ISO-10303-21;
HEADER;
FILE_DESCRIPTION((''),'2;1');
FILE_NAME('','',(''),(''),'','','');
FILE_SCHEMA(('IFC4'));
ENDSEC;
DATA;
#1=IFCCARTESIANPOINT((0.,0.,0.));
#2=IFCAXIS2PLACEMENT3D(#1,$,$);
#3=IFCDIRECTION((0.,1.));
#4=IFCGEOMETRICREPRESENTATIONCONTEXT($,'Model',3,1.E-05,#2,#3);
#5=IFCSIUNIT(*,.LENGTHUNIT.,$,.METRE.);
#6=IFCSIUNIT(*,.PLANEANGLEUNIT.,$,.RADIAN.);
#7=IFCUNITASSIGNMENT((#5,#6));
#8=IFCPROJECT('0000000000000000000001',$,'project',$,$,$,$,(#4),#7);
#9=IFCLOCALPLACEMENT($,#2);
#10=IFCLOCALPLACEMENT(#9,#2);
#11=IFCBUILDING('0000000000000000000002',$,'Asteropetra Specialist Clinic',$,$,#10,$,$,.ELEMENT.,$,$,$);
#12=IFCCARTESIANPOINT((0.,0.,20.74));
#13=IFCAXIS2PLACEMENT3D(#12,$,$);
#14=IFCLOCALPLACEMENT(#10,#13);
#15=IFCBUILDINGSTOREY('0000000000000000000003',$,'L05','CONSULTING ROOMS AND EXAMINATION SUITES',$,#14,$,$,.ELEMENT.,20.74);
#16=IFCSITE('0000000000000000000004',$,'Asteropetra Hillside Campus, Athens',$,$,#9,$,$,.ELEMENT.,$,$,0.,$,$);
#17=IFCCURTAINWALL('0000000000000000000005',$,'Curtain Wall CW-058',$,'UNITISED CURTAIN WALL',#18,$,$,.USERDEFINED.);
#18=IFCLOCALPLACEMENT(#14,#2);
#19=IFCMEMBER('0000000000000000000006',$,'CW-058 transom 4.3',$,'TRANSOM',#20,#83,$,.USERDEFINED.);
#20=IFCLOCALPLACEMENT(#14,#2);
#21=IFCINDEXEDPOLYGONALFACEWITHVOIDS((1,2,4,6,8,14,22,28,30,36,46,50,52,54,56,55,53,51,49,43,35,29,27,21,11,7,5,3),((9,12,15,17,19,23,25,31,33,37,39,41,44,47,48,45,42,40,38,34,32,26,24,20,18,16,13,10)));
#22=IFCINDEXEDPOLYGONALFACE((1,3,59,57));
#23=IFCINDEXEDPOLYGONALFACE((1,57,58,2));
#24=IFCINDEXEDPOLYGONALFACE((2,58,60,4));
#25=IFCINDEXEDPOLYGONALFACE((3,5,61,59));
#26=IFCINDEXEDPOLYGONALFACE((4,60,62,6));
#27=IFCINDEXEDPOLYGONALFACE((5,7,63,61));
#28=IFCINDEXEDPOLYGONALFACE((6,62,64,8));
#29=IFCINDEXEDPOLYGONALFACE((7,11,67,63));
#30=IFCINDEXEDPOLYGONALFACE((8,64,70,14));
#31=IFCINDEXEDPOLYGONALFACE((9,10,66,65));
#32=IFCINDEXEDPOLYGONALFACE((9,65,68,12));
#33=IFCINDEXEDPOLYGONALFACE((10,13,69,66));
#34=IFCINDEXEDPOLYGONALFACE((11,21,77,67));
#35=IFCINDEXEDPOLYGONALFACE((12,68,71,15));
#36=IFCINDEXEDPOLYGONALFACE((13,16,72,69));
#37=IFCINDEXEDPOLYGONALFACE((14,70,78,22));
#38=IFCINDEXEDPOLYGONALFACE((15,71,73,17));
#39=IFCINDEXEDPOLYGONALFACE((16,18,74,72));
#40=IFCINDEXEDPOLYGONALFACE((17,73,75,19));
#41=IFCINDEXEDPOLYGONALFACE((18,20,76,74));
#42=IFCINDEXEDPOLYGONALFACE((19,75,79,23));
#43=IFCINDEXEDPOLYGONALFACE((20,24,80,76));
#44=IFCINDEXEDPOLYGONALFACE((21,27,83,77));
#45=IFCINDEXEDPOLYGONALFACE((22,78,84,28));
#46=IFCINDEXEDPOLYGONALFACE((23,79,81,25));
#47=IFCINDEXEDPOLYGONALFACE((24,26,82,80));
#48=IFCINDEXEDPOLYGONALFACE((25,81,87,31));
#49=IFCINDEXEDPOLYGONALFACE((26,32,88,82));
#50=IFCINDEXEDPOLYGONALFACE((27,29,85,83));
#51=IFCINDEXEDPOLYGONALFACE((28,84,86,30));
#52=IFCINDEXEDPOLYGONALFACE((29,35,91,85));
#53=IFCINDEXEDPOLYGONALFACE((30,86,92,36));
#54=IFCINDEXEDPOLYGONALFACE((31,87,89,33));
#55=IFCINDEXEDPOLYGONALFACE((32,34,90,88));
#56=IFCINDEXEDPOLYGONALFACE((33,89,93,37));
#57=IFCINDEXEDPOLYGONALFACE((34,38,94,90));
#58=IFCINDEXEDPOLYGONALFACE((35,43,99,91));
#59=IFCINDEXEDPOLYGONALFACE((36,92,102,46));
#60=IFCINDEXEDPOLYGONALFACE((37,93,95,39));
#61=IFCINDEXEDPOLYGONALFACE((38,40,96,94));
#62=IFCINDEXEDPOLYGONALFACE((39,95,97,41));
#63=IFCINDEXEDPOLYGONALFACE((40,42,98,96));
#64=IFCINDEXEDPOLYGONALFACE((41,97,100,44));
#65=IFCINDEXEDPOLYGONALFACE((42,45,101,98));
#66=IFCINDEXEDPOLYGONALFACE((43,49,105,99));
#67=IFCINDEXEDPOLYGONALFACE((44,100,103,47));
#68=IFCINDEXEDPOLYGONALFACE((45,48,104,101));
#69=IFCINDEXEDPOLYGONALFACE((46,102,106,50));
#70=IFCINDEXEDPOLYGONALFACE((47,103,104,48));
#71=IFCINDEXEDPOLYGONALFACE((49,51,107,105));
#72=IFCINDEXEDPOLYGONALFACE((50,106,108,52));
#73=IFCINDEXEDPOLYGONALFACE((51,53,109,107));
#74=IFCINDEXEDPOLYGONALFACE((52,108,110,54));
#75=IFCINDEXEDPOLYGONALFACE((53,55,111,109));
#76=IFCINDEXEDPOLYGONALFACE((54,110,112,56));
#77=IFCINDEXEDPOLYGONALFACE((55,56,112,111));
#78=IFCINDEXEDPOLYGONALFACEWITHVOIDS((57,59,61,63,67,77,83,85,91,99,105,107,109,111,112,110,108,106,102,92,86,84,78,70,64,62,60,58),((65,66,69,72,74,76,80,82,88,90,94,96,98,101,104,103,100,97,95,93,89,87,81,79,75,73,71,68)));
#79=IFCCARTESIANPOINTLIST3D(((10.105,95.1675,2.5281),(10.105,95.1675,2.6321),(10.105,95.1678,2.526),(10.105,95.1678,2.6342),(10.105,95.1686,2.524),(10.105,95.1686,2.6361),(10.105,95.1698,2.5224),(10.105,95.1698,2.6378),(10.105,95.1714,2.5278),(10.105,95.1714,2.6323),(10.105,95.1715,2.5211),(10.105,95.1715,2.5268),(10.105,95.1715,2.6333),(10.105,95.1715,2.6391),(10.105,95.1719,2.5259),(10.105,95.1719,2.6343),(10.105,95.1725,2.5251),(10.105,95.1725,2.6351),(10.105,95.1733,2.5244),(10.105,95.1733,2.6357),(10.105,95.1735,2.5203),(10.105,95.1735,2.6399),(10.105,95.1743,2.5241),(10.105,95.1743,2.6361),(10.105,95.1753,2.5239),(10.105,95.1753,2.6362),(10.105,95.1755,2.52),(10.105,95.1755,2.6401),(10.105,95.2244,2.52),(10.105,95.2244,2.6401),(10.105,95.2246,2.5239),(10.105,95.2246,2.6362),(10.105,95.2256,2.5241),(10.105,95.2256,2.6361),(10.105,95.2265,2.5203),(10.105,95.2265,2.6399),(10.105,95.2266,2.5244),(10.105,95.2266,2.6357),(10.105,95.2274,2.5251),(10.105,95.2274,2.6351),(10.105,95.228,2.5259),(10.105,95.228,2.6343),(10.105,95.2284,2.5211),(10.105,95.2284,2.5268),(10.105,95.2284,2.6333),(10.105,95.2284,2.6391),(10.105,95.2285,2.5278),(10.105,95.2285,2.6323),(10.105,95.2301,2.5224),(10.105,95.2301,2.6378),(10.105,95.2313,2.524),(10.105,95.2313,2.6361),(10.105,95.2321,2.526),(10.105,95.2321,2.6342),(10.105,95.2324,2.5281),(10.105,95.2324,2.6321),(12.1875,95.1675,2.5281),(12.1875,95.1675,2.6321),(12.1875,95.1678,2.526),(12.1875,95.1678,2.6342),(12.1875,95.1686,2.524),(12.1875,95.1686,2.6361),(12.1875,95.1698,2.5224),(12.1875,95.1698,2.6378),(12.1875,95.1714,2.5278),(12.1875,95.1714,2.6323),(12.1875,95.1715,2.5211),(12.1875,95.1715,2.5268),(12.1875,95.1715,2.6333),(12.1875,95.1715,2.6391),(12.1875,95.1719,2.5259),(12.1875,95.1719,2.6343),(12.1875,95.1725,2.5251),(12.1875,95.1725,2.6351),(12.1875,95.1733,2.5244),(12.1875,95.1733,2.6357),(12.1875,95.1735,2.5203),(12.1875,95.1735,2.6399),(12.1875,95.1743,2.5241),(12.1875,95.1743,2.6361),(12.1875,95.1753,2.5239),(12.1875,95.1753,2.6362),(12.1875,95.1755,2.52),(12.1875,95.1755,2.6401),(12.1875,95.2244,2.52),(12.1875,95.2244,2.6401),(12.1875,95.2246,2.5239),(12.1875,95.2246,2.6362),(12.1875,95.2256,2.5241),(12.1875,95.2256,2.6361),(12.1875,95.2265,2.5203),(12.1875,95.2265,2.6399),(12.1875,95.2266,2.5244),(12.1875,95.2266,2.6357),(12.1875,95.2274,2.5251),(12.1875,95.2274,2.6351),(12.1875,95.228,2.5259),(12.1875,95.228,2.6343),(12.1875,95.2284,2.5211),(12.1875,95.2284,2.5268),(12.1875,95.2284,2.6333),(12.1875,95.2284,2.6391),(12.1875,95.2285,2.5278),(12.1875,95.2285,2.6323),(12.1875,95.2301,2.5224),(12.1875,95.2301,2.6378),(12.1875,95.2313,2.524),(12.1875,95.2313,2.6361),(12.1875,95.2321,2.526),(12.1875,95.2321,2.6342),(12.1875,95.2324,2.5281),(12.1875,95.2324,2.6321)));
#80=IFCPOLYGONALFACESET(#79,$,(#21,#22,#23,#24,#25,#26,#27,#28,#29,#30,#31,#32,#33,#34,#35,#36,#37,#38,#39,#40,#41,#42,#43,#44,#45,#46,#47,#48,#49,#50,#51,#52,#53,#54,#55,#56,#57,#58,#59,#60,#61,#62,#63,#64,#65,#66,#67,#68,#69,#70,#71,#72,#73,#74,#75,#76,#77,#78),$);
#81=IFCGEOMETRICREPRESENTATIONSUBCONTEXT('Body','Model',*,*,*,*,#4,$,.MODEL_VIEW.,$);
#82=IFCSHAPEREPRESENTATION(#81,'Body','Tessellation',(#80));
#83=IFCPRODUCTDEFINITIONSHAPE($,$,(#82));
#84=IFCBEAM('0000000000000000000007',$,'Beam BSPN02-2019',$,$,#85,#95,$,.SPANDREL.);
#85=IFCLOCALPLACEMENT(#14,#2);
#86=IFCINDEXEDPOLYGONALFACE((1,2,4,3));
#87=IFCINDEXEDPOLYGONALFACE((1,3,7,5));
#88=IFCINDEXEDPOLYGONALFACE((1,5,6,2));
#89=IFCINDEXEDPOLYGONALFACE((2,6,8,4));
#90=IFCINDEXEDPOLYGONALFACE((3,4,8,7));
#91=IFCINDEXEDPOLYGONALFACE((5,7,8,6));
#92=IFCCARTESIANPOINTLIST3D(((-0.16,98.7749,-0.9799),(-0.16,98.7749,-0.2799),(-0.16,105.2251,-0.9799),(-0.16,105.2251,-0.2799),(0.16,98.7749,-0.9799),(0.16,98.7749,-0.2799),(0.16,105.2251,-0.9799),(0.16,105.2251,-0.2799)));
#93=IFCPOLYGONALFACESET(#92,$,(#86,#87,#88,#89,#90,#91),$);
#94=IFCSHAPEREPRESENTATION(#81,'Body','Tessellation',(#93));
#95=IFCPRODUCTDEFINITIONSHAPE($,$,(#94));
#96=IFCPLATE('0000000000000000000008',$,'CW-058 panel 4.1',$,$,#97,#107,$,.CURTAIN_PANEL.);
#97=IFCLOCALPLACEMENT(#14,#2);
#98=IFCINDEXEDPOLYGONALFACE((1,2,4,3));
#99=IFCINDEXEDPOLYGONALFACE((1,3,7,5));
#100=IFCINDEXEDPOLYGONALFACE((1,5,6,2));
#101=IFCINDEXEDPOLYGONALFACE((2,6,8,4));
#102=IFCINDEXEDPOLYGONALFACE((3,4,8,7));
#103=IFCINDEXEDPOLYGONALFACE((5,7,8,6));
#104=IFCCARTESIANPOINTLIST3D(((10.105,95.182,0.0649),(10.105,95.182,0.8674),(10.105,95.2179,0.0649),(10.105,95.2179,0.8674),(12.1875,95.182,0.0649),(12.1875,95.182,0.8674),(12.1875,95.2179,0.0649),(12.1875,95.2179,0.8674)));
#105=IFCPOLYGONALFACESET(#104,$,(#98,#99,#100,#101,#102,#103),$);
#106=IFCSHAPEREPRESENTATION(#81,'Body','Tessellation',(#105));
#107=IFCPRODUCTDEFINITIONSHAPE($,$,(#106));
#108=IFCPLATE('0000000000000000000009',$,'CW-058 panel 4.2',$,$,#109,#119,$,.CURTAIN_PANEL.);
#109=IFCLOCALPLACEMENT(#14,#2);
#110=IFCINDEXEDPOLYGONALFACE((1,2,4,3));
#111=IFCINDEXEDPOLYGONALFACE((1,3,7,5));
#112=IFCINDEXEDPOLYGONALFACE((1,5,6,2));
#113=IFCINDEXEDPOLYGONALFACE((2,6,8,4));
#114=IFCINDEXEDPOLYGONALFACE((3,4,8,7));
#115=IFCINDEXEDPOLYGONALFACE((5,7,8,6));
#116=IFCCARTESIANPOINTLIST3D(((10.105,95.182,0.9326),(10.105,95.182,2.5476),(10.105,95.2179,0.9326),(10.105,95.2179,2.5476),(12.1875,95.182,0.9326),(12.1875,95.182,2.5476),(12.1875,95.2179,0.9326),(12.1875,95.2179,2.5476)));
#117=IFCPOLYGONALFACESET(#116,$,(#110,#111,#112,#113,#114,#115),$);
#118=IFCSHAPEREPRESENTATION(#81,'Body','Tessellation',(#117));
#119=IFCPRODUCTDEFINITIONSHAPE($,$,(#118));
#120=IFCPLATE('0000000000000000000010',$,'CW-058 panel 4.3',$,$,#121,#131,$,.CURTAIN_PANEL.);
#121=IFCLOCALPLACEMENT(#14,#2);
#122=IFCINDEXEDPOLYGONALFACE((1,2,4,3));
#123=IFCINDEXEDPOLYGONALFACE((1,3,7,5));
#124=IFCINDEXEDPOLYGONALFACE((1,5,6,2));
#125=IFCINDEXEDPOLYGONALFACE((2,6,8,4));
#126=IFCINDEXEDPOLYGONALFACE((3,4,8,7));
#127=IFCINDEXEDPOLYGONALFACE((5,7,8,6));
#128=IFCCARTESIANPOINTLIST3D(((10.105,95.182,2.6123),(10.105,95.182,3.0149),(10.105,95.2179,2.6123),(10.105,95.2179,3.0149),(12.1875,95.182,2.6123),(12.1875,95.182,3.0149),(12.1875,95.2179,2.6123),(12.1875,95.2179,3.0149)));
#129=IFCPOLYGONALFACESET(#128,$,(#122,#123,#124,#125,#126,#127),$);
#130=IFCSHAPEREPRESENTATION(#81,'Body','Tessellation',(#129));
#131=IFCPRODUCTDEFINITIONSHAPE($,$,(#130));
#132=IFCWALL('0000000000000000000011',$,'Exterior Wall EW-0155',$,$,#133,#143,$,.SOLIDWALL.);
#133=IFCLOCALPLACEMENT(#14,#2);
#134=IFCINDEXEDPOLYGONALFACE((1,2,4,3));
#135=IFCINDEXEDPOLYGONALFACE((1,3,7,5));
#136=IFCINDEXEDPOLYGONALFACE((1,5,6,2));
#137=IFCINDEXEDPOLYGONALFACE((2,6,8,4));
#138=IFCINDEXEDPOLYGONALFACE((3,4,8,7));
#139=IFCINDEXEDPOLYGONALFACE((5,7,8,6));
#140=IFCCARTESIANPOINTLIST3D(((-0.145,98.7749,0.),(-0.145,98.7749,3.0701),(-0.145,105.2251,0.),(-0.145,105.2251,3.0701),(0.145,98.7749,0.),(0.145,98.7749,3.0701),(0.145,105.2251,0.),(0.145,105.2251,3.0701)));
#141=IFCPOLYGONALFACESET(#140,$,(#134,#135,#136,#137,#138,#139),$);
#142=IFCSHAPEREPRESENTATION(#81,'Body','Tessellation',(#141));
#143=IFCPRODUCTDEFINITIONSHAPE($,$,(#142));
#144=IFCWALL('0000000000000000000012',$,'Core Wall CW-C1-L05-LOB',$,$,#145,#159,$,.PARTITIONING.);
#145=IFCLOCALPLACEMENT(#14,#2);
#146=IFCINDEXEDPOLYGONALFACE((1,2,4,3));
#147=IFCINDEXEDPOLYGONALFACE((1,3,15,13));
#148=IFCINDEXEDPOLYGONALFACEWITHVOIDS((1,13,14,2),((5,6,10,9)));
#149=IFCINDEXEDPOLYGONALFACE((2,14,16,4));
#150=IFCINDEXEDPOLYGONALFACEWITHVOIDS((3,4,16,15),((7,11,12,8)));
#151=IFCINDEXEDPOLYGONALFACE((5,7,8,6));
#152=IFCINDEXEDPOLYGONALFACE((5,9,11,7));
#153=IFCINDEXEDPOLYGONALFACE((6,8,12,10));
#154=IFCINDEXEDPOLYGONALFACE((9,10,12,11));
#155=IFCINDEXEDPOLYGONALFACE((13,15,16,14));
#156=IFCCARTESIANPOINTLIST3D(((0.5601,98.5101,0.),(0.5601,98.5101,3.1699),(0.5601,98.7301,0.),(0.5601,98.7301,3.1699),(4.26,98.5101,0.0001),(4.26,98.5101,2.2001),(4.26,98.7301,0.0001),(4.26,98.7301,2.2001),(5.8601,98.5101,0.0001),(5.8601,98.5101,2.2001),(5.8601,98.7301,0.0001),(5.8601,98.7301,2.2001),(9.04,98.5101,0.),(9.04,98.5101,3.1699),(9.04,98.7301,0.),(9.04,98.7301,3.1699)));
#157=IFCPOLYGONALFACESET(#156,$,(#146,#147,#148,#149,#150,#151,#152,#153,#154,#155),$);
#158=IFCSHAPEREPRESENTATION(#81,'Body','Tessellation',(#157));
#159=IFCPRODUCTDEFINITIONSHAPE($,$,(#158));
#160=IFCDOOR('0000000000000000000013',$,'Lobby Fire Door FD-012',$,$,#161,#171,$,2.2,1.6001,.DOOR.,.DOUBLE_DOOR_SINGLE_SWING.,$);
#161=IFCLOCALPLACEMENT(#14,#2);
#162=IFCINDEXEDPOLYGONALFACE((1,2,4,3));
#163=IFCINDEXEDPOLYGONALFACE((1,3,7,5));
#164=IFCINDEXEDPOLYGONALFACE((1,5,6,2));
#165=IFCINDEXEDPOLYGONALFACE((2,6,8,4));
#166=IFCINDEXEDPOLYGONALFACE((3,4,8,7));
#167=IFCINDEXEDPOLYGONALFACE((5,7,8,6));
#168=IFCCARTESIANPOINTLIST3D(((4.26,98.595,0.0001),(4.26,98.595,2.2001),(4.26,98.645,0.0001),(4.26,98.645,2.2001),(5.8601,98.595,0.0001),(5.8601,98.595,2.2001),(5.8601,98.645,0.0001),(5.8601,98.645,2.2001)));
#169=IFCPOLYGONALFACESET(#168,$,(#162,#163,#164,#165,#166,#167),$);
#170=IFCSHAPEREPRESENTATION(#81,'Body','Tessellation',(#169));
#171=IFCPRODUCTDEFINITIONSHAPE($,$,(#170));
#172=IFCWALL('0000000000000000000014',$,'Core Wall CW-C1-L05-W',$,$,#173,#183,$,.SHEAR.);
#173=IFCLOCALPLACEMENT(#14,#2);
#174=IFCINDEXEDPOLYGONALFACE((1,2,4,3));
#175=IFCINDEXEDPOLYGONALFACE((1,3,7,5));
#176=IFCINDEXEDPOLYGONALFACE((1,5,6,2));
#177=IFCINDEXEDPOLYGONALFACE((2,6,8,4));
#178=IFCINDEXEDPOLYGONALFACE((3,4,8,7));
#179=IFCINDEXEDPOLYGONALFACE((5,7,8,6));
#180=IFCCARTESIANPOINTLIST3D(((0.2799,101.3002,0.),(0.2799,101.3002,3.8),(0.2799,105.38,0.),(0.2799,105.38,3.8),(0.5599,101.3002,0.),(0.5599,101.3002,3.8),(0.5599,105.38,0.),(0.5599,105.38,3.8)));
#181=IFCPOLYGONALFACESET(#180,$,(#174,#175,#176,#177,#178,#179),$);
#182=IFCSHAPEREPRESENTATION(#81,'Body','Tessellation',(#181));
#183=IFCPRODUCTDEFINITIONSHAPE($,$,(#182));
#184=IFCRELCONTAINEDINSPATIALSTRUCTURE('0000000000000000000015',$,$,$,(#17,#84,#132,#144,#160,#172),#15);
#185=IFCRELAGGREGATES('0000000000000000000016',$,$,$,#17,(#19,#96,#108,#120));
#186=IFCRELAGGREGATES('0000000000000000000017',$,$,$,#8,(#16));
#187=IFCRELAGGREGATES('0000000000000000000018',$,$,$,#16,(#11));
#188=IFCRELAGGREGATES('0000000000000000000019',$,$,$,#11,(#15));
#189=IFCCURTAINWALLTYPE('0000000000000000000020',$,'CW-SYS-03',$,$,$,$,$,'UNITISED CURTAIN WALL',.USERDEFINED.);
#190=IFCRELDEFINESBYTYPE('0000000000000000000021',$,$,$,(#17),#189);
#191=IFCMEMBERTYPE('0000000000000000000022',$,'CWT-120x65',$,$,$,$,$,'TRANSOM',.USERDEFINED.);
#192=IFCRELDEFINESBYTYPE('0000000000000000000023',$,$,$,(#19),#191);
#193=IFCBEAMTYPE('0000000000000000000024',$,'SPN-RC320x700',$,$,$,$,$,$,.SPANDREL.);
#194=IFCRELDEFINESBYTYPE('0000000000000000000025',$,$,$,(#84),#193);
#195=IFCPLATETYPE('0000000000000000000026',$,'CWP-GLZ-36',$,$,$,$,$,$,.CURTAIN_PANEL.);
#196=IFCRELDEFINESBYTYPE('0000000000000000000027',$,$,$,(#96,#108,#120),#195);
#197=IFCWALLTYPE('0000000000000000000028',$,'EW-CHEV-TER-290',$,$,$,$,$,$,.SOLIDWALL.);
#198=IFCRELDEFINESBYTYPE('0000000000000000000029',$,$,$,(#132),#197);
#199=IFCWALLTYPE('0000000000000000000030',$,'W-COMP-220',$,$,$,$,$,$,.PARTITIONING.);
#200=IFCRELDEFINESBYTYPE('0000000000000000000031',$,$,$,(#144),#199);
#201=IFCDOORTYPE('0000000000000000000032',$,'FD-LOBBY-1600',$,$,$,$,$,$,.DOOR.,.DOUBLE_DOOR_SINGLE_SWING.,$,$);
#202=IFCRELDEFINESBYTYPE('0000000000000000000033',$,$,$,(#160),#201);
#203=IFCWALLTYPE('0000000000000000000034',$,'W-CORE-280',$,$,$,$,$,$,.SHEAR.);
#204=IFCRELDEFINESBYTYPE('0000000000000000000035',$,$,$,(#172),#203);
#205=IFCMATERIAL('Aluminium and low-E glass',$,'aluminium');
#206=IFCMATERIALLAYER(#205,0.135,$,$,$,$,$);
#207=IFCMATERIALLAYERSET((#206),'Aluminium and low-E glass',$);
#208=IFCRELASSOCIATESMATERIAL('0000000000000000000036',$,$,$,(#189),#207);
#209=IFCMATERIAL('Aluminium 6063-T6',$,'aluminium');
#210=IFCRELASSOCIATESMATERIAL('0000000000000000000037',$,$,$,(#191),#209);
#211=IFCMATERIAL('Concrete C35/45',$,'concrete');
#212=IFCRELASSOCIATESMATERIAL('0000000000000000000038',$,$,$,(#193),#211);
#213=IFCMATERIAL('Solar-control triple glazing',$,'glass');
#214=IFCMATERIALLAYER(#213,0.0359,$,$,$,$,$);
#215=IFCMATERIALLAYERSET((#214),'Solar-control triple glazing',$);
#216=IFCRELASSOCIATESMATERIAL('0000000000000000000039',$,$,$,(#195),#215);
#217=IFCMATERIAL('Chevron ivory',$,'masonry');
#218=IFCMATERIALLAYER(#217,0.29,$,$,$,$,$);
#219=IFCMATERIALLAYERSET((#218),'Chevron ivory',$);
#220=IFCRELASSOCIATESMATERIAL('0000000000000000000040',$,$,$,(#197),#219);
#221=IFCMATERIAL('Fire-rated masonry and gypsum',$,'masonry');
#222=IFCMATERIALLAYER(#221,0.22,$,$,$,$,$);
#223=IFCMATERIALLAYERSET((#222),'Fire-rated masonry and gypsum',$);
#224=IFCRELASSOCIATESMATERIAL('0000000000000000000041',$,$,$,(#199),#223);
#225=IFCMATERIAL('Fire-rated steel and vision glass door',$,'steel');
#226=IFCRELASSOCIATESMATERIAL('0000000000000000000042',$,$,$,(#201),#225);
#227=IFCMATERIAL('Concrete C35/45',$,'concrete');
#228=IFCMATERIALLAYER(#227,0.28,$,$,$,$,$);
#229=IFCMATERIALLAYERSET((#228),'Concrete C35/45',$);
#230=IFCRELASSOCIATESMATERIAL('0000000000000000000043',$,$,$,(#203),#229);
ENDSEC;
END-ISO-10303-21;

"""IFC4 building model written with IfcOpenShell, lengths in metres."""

from ifc_helpers import new_model, si_unit, direction, frame, frame_2d, origin, origin_2d, place, context, subcontext, project, spatial, rectangle, hollow_rectangle, extrude, material, layer, layer_set, material_profile, profile_set, type_object, element, fill, aggregate, save


model = new_model("IFC4")

# Units and contexts
model_context = context("Model", 3, precision=1e-05, world=origin(), true_north=direction((0.0, 1.0)))
body_context = subcontext(model_context, "Body", "Model", "MODEL_VIEW")
ifc_project = project(units=[si_unit("LENGTHUNIT", "METRE"), si_unit("PLANEANGLEUNIT", "RADIAN")], contexts=[model_context])

# Site, building, storey
site_placement = place(None, origin())
site = spatial("IfcSite", under=ifc_project, at=site_placement, Name="Asteropetra Hillside Campus, Athens", CompositionType="ELEMENT", RefElevation=0.0)
building_placement = place(site_placement, origin())
building = spatial("IfcBuilding", under=site, at=building_placement, Name="Asteropetra Specialist Clinic", CompositionType="ELEMENT")
storey_placement = place(building_placement, frame((0.0, 0.0, 20.74)))
storey = spatial("IfcBuildingStorey", under=building, at=storey_placement, Name="L05", Description="CONSULTING ROOMS AND EXAMINATION SUITES", CompositionType="ELEMENT", Elevation=20.74)

# Curtain wall, member
ifc_material_1 = material(Name="Aluminium and low-E glass", Category="aluminium")
ifc_layer_1 = layer(ifc_material_1, 0.135)
ifc_layer_set_1 = layer_set([ifc_layer_1], Name="Aluminium and low-E glass")
curtain_wall_type = type_object("IfcCurtainWallType", Name="CW-SYS-03", ElementType="UNITISED CURTAIN WALL", PredefinedType="USERDEFINED", material=ifc_layer_set_1)
curtain_wall_placement = place(storey_placement, origin())
curtain_wall = element("IfcCurtainWall", 1, at=curtain_wall_placement, inside=storey, type_object=curtain_wall_type, Name="Curtain Wall CW-058", ObjectType="UNITISED CURTAIN WALL", PredefinedType="USERDEFINED")
ifc_material_2 = material(Name="Aluminium 6063-T6", Category="aluminium")
ifc_material_profile_1 = material_profile(ifc_material_2, hollow_rectangle(XDim=0.0649, YDim=0.1201, WallThickness=0.0039, InnerFilletRadius=0.0039, OuterFilletRadius=0.0081, at=origin_2d()), Name="TRN 120x65x4.0")
ifc_profile_set_1 = profile_set([ifc_material_profile_1], Name="Aluminium 6063-T6")
member_type_1 = type_object("IfcMemberType", Name="CWT-120x65", ElementType="TRANSOM", PredefinedType="USERDEFINED", material=ifc_profile_set_1)
member_1_placement = place(storey_placement, frame((12.1875, 95.2, 2.5801), z_axis=(-1.0, 0.0, 0.0), x_axis=(0.0, -1.0, 0.0)))
member_1 = element("IfcMember", 2, at=member_1_placement, type_object=member_type_1, Name="CW-058 transom 4.3", ObjectType="TRANSOM", PredefinedType="USERDEFINED", context=body_context, shape_type="SweptSolid", body=[
    extrude(hollow_rectangle(XDim=0.0649, YDim=0.1201, WallThickness=0.0039, InnerFilletRadius=0.0039, OuterFilletRadius=0.0081, at=origin_2d()), origin(), (0.0, 0.0, 1.0), 2.0825),
])

# Beam
ifc_material_3 = material(Name="Concrete C35/45", Category="concrete")
ifc_material_profile_2 = material_profile(ifc_material_3, rectangle(XDim=0.3201, YDim=0.7, at=origin_2d()), Name="RCS 320x700")
ifc_profile_set_2 = profile_set([ifc_material_profile_2], Name="Concrete C35/45")
beam_type_1 = type_object("IfcBeamType", Name="SPN-RC320x700", PredefinedType="SPANDREL", material=ifc_profile_set_2)
beam_1_placement = place(storey_placement, frame((0.0, 98.7749, -0.6299), z_axis=(0.0, 1.0, 0.0), x_axis=(-1.0, 0.0, 0.0)))
element("IfcBeam", 3, at=beam_1_placement, inside=storey, type_object=beam_type_1, Name="Beam BSPN02-2019", PredefinedType="SPANDREL", context=body_context, shape_type="SweptSolid", body=[
    extrude(rectangle(XDim=0.3201, YDim=0.7, at=origin_2d()), origin(), (0.0, 0.0, 1.0), 6.4502),
])

# Plates
ifc_material_4 = material(Name="Solar-control triple glazing", Category="glass")
ifc_layer_2 = layer(ifc_material_4, 0.0359)
ifc_layer_set_2 = layer_set([ifc_layer_2], Name="Solar-control triple glazing")
plate_type = type_object("IfcPlateType", Name="CWP-GLZ-36", PredefinedType="CURTAIN_PANEL", material=ifc_layer_set_2)
plate_1_placement = place(storey_placement, frame((11.1462, 95.2, 0.0649), z_axis=(0.0, 0.0, 1.0), x_axis=(-1.0, 0.0, 0.0)))
plate_1 = element("IfcPlate", 4, at=plate_1_placement, type_object=plate_type, Name="CW-058 panel 4.1", PredefinedType="CURTAIN_PANEL", context=body_context, shape_type="SweptSolid", body=[
    extrude(rectangle(XDim=2.0825, YDim=0.0359, at=origin_2d()), origin(), (0.0, 0.0, 1.0), 0.8025),
])
plate_2_placement = place(storey_placement, frame((11.1462, 95.2, 0.9326), z_axis=(0.0, 0.0, 1.0), x_axis=(-1.0, 0.0, 0.0)))
plate_2 = element("IfcPlate", 5, at=plate_2_placement, type_object=plate_type, Name="CW-058 panel 4.2", PredefinedType="CURTAIN_PANEL", context=body_context, shape_type="SweptSolid", body=[
    extrude(rectangle(XDim=2.0825, YDim=0.0359, at=origin_2d()), origin(), (0.0, 0.0, 1.0), 1.615),
])
plate_3_placement = place(storey_placement, frame((11.1462, 95.2, 2.6123), z_axis=(0.0, 0.0, 1.0), x_axis=(-1.0, 0.0, 0.0)))
plate_3 = element("IfcPlate", 6, at=plate_3_placement, type_object=plate_type, Name="CW-058 panel 4.3", PredefinedType="CURTAIN_PANEL", context=body_context, shape_type="SweptSolid", body=[
    extrude(rectangle(XDim=2.0825, YDim=0.0359, at=origin_2d()), origin(), (0.0, 0.0, 1.0), 0.4026),
])
aggregate(curtain_wall, [member_1, plate_1, plate_2, plate_3])

# Wall
ifc_material_5 = material(Name="Chevron ivory", Category="masonry")
ifc_layer_3 = layer(ifc_material_5, 0.29)
ifc_layer_set_3 = layer_set([ifc_layer_3], Name="Chevron ivory")
wall_type_1 = type_object("IfcWallType", Name="EW-CHEV-TER-290", PredefinedType="SOLIDWALL", material=ifc_layer_set_3)
wall_1_placement = place(storey_placement, frame((0.0, 105.2251, 0.0), z_axis=(0.0, 0.0, 1.0), x_axis=(0.0, -1.0, 0.0)))
element("IfcWall", 7, at=wall_1_placement, inside=storey, type_object=wall_type_1, Name="Exterior Wall EW-0155", PredefinedType="SOLIDWALL", context=body_context, shape_type="SweptSolid", body=[
    extrude(rectangle(XDim=6.4502, YDim=0.29, at=frame_2d((3.2251, 0.0))), origin(), (0.0, 0.0, 1.0), 3.0701),
])

# Wall, opening, door
ifc_material_6 = material(Name="Fire-rated masonry and gypsum", Category="masonry")
ifc_layer_4 = layer(ifc_material_6, 0.22)
ifc_layer_set_4 = layer_set([ifc_layer_4], Name="Fire-rated masonry and gypsum")
wall_type_2 = type_object("IfcWallType", Name="W-COMP-220", PredefinedType="PARTITIONING", material=ifc_layer_set_4)
wall_2_placement = place(storey_placement, frame((0.5601, 98.6201, 0.0), z_axis=(0.0, 0.0, 1.0), x_axis=(1.0, 0.0, 0.0)))
wall_2 = element("IfcWall", 8, at=wall_2_placement, inside=storey, type_object=wall_type_2, Name="Core Wall CW-C1-L05-LOB", PredefinedType="PARTITIONING", context=body_context, shape_type="SweptSolid", body=[
    extrude(rectangle(XDim=8.48, YDim=0.22, at=frame_2d((4.24, 0.0))), origin(), (0.0, 0.0, 1.0), 3.1699),
])
opening_1_placement = place(wall_2_placement, frame((3.7, 0.0, 0.0)))
opening_1 = element("IfcOpeningElement", 9, at=opening_1_placement, cuts=wall_2, PredefinedType="OPENING", context=body_context, shape_type="SweptSolid", body=[
    extrude(rectangle(XDim=1.6001, YDim=2.2, at=frame_2d((0.8, 1.1001))), frame((0.0, 0.1199, 0.0), z_axis=(0.0, -1.0, 0.0), x_axis=(1.0, 0.0, 0.0)), (0.0, 0.0, 1.0), 0.24),
])
ifc_material_7 = material(Name="Fire-rated steel and vision glass door", Category="steel")
door_type_1 = type_object("IfcDoorType", Name="FD-LOBBY-1600", OperationType="DOUBLE_DOOR_SINGLE_SWING", PredefinedType="DOOR", material=ifc_material_7)
door_1_placement = place(opening_1_placement, origin())
door_1 = element("IfcDoor", 10, at=door_1_placement, inside=storey, type_object=door_type_1, Name="Lobby Fire Door FD-012", OperationType="DOUBLE_DOOR_SINGLE_SWING", OverallHeight=2.2, OverallWidth=1.6001, PredefinedType="DOOR", context=body_context, shape_type="SweptSolid", body=[
    extrude(rectangle(XDim=1.6001, YDim=2.2, at=frame_2d((0.8, 1.1001))), frame((0.0, 0.0249, 0.0), z_axis=(0.0, -1.0, 0.0), x_axis=(1.0, 0.0, 0.0)), (0.0, 0.0, 1.0), 0.05),
])
fill(opening_1, door_1)

# Wall
ifc_material_8 = material(Name="Concrete C35/45", Category="concrete")
ifc_layer_5 = layer(ifc_material_8, 0.28)
ifc_layer_set_5 = layer_set([ifc_layer_5], Name="Concrete C35/45")
wall_type_3 = type_object("IfcWallType", Name="W-CORE-280", PredefinedType="SHEAR", material=ifc_layer_set_5)
for number, where, z_axis, x_axis, name in (
    (11, (0.4199, 101.3, 0.0), (0.0, 0.0, 1.0), (0.0, 1.0, 0.0), "Core Wall CW-C1-L05-W"),
):
    element("IfcWall", number, at=place(storey_placement, frame(where, z_axis=z_axis, x_axis=x_axis)), inside=storey, type_object=wall_type_3, Name=name, PredefinedType="SHEAR", context=body_context, shape_type="SweptSolid", body=[
        extrude(rectangle(XDim=4.0798, YDim=0.28, at=frame_2d((2.04, 0.0))), origin(), (0.0, 0.0, 1.0), 3.8),
    ])

save(model, "model.ifc")
